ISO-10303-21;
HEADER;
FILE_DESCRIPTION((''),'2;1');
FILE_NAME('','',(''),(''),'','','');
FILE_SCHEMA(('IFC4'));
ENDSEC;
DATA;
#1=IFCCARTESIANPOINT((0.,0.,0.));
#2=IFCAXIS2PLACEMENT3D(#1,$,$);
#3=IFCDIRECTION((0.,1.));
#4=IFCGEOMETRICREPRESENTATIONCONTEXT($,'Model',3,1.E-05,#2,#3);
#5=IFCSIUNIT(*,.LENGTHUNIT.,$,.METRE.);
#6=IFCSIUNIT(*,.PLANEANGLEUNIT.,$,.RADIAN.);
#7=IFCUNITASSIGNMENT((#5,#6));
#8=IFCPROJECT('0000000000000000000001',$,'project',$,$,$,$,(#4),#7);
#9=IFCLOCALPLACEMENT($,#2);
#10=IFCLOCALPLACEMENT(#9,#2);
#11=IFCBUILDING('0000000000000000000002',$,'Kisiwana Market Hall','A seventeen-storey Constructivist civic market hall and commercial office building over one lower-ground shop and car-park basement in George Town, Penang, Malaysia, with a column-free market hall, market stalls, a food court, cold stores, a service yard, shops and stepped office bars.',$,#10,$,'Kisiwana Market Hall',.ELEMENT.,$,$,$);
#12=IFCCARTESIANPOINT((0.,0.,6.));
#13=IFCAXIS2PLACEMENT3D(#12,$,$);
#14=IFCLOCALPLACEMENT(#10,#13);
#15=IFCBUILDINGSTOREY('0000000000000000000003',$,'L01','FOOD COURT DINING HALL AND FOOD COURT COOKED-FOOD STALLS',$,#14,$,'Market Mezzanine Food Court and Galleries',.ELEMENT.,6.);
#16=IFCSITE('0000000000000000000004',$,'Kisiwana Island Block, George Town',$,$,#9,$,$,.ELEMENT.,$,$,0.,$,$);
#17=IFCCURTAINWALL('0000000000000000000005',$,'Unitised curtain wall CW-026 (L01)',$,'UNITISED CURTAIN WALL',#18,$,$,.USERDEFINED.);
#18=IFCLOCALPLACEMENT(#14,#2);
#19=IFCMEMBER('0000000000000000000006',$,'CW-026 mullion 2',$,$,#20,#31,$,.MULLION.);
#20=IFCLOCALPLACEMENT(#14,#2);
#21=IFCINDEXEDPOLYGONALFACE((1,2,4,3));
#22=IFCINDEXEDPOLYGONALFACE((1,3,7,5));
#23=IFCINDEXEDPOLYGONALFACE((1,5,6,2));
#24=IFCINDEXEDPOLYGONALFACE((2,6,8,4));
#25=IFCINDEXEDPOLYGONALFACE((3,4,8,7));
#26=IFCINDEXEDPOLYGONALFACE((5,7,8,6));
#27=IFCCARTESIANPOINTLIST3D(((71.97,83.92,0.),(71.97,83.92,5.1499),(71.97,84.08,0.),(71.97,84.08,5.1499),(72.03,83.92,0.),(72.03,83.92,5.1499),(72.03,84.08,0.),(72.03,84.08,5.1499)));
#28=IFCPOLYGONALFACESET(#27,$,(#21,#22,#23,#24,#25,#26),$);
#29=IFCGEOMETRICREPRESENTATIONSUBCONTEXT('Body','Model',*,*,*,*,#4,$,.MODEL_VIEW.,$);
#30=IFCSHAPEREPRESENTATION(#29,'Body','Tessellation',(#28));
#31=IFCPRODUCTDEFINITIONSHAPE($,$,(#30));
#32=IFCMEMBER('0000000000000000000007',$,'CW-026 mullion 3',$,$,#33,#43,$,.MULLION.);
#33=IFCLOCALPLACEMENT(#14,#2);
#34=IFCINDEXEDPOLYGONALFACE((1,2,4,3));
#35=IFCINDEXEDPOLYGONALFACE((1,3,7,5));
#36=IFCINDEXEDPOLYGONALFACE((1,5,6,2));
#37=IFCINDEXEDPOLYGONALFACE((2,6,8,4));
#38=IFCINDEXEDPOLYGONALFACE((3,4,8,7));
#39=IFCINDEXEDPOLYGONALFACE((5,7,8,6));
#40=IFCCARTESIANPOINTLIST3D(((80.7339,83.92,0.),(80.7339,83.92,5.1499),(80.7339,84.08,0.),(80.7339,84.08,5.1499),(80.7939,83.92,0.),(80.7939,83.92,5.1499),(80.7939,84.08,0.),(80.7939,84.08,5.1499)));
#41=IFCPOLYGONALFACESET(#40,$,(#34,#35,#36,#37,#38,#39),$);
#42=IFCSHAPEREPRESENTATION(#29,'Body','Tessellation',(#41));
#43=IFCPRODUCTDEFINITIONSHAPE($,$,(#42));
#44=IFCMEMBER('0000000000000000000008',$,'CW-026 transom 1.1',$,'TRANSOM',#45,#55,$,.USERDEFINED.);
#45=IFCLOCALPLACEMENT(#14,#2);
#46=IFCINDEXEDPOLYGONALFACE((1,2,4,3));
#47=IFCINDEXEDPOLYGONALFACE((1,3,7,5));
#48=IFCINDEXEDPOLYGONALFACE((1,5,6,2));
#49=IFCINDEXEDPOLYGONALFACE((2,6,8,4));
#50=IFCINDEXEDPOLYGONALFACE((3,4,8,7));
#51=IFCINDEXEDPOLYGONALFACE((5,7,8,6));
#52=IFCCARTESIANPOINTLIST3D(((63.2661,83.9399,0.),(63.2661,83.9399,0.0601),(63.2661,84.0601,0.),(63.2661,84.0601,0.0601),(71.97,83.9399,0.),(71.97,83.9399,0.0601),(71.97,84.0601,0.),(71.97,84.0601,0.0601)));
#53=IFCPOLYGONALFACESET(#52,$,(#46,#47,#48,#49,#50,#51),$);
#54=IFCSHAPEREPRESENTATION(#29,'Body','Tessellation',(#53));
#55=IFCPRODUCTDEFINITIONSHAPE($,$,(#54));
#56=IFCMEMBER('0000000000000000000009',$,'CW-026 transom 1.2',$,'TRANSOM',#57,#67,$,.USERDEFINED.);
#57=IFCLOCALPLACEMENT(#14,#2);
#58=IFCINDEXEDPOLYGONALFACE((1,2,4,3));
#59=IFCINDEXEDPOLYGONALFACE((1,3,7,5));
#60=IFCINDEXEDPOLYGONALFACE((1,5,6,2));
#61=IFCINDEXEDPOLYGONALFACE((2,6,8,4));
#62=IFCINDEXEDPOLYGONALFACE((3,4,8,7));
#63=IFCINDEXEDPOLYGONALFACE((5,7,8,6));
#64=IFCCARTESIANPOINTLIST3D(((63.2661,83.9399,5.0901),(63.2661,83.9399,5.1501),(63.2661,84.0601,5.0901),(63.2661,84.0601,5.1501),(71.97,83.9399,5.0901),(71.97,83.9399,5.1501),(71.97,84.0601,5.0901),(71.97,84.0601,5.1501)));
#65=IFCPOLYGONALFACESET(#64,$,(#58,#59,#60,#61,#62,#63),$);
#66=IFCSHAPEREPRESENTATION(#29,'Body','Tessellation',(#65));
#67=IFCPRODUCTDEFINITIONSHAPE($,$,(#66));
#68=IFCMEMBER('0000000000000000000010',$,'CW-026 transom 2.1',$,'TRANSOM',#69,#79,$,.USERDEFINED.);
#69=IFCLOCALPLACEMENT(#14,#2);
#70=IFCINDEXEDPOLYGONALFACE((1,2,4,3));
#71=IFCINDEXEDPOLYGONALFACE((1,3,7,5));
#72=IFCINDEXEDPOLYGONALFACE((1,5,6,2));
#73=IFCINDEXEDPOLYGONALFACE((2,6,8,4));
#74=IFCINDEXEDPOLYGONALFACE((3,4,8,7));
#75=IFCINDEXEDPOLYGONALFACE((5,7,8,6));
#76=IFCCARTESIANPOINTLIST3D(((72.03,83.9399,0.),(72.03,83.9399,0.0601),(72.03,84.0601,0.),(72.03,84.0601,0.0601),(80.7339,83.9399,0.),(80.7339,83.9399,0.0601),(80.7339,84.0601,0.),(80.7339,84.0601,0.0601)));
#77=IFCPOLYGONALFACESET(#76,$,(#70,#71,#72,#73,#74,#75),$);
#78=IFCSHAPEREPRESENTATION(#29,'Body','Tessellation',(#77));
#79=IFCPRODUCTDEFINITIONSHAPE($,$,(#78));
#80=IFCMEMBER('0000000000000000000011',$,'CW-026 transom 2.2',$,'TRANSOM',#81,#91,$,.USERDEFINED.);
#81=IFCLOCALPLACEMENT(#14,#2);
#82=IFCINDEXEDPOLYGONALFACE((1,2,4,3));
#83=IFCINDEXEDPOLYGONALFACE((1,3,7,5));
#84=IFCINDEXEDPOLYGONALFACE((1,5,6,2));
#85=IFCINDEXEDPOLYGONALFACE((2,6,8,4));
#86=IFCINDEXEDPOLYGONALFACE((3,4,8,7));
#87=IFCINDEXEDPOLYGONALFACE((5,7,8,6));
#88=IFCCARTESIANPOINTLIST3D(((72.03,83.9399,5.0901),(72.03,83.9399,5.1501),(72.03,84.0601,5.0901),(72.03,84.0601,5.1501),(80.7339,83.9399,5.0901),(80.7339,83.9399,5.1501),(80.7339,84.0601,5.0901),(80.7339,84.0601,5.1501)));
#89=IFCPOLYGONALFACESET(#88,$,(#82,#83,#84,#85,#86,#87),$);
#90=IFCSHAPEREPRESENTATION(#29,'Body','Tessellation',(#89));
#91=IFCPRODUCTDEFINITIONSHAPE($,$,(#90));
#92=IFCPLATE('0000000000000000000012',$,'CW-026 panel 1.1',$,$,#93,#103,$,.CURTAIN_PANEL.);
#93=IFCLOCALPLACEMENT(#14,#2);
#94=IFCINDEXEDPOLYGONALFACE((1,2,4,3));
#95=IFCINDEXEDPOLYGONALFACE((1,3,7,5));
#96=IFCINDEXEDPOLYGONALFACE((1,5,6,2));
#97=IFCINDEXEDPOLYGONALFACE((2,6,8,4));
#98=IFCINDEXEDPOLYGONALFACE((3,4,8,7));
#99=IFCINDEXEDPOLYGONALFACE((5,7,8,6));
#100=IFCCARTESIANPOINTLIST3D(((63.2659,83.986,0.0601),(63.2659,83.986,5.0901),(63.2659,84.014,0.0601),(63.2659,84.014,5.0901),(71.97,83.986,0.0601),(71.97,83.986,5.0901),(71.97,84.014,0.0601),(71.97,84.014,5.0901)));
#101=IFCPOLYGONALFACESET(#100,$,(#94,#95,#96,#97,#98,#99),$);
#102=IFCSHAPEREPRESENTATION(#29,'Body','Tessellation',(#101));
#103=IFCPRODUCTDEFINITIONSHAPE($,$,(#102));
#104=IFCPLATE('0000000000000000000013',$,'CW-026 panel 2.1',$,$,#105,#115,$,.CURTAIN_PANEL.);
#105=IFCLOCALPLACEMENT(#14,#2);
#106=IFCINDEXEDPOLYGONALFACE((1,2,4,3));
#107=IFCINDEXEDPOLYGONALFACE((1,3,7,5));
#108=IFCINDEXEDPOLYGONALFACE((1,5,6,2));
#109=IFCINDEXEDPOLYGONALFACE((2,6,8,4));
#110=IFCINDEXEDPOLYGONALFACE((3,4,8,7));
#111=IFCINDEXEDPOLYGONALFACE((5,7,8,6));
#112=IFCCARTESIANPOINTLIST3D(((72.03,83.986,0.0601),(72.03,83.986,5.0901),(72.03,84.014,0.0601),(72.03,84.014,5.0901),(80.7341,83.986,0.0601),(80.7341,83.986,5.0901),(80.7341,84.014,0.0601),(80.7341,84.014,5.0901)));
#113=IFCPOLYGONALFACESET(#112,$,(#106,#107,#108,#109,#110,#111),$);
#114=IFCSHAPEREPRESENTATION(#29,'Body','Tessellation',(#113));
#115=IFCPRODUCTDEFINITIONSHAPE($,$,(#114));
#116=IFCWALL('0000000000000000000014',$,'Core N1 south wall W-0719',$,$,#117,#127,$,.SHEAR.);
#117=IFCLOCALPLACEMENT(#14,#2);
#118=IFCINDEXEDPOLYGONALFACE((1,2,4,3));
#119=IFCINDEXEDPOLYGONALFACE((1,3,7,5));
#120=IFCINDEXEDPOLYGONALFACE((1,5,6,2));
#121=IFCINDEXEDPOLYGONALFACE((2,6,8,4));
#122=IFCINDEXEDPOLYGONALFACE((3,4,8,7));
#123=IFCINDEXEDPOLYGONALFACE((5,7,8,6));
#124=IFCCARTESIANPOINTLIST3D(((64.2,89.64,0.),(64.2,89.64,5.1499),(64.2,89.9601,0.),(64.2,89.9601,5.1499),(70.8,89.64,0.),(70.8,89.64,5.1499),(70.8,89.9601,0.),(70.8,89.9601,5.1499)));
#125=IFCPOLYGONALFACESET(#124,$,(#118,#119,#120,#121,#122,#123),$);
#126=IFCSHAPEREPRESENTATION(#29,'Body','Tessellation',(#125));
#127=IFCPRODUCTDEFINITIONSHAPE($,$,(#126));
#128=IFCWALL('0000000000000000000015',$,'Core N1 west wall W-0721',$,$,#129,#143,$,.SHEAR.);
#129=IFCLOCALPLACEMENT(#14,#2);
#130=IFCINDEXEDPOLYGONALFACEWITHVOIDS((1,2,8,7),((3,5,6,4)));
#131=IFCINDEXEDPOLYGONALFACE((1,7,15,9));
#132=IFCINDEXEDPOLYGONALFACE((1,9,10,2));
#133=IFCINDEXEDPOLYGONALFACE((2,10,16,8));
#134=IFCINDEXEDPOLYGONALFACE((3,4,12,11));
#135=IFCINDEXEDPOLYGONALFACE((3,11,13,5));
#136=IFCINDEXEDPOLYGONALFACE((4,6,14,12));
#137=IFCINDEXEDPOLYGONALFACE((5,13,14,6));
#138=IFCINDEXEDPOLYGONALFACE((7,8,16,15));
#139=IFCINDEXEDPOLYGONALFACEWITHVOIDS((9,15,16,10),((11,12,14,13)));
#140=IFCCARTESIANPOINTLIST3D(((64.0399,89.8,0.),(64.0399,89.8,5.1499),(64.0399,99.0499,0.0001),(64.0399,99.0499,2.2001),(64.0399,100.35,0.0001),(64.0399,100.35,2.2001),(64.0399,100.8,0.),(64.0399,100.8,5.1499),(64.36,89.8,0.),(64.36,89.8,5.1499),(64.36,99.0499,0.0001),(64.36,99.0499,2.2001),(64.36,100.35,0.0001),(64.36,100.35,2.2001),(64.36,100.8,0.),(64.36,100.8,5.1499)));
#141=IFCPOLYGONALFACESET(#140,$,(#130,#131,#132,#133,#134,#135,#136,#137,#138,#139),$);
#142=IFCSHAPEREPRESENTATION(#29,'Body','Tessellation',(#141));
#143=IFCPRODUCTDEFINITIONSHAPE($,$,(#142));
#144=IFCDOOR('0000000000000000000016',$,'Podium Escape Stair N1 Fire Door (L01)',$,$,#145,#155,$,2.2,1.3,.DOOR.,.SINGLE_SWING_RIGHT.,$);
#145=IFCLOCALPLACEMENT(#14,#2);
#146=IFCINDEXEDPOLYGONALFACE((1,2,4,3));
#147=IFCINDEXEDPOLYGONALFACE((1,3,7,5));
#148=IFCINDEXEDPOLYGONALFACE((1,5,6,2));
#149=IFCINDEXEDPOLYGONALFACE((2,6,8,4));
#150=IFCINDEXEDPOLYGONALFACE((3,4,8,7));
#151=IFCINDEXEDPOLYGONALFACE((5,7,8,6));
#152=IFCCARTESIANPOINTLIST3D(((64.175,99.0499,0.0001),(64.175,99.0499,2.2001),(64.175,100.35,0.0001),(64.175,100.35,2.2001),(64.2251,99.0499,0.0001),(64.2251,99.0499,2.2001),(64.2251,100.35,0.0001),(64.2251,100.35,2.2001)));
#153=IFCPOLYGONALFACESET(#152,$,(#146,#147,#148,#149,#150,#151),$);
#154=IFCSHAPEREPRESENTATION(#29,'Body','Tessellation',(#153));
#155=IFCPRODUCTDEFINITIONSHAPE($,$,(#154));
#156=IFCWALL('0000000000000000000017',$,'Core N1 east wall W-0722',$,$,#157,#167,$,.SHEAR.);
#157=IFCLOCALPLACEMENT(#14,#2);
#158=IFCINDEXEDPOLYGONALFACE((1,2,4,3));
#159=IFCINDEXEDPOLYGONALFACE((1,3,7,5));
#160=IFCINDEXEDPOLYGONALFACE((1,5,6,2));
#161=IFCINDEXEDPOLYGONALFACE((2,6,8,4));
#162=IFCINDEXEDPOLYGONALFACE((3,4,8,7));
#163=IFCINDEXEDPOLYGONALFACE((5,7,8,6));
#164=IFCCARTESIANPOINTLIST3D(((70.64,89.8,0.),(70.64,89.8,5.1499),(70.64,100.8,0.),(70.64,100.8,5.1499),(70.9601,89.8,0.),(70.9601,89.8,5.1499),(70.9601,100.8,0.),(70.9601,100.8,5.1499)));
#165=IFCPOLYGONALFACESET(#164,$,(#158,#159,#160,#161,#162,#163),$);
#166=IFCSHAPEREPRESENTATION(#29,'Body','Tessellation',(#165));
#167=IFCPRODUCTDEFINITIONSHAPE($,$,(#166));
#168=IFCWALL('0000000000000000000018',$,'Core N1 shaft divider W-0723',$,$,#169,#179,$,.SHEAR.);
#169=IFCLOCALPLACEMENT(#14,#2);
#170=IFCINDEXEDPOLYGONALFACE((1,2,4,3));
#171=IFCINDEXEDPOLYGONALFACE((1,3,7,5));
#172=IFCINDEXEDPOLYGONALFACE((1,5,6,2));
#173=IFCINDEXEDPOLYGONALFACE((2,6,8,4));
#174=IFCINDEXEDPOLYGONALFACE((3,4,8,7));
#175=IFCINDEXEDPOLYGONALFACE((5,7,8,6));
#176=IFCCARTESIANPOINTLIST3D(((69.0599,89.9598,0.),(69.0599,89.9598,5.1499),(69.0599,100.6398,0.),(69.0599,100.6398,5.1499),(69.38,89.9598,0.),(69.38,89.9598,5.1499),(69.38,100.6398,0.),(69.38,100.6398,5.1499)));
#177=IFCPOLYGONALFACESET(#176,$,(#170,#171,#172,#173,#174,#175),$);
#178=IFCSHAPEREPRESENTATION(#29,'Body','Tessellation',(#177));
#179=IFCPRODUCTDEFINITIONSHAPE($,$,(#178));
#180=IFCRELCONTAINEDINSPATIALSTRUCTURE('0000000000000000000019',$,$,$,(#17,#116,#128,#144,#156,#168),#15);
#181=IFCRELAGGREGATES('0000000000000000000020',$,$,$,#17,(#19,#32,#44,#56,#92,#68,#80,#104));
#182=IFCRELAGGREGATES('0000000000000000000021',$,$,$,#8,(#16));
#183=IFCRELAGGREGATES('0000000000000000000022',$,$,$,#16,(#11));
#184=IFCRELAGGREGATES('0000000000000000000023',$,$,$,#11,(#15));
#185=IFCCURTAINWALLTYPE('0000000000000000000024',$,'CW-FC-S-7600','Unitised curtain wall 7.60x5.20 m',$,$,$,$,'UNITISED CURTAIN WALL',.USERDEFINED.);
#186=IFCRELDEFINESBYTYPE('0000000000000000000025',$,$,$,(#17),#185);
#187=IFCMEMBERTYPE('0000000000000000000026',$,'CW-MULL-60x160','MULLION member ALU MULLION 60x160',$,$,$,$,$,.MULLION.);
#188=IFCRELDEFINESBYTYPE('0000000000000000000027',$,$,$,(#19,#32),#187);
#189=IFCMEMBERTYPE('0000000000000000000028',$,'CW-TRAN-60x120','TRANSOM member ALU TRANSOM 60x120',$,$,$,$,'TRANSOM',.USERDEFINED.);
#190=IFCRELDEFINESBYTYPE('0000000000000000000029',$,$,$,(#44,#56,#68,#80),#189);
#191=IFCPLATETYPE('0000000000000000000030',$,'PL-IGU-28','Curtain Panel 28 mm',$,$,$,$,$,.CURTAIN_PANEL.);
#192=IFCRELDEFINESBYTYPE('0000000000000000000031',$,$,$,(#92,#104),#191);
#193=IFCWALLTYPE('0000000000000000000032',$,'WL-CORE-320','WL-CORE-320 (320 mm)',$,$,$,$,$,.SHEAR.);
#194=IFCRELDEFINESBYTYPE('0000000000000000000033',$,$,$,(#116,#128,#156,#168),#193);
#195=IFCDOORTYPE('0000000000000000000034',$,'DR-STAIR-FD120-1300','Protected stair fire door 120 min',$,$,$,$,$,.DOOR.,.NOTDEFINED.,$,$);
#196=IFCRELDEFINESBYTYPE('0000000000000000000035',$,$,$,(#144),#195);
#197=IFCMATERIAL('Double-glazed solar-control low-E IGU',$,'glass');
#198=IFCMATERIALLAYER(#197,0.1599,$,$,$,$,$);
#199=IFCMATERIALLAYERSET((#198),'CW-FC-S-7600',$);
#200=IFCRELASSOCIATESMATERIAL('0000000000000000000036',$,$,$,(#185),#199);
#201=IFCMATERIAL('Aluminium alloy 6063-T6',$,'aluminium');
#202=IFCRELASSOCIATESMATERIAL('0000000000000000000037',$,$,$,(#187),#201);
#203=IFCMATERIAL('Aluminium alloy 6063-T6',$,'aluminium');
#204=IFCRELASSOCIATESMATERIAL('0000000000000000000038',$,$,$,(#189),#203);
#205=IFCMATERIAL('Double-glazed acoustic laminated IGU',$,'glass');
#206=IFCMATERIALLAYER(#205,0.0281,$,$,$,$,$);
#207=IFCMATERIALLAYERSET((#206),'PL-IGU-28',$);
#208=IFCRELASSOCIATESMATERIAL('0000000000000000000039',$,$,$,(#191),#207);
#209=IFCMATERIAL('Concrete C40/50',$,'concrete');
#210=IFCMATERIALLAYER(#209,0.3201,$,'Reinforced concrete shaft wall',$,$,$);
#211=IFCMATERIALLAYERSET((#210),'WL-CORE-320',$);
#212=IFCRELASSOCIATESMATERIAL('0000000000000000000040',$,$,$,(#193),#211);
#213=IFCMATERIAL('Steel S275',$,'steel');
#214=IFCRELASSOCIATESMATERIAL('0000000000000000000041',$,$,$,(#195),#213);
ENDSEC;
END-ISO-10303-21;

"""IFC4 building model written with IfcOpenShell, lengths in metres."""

from ifc_helpers import new_model, si_unit, direction, frame, frame_2d, origin, origin_2d, place, context, subcontext, project, spatial, rectangle, extrude, material, layer, layer_set, material_profile, profile_set, type_object, element, fill, aggregate, save


model = new_model("IFC4")

# Units and contexts
model_context = context("Model", 3, precision=1e-05, world=origin(), true_north=direction((0.0, 1.0)))
body_context = subcontext(model_context, "Body", "Model", "MODEL_VIEW")
ifc_project = project(units=[si_unit("LENGTHUNIT", "METRE"), si_unit("PLANEANGLEUNIT", "RADIAN")], contexts=[model_context])

# Site, building, storey
site_placement = place(None, origin())
site = spatial("IfcSite", under=ifc_project, at=site_placement, Name="Kisiwana Island Block, George Town", CompositionType="ELEMENT", RefElevation=0.0)
building_placement = place(site_placement, origin())
building = spatial("IfcBuilding", under=site, at=building_placement, Name="Kisiwana Market Hall", Description="A seventeen-storey Constructivist civic market hall and commercial office building over one lower-ground shop and car-park basement in George Town, Penang, Malaysia, with a column-free market hall, market stalls, a food court, cold stores, a service yard, shops and stepped office bars.", LongName="Kisiwana Market Hall", CompositionType="ELEMENT")
storey_placement = place(building_placement, frame((0.0, 0.0, 6.0)))
storey = spatial("IfcBuildingStorey", under=building, at=storey_placement, Name="L01", Description="FOOD COURT DINING HALL AND FOOD COURT COOKED-FOOD STALLS", LongName="Market Mezzanine Food Court and Galleries", CompositionType="ELEMENT", Elevation=6.0)

# Curtain wall, members, plates
ifc_material_1 = material(Name="Double-glazed solar-control low-E IGU", Category="glass")
ifc_layer_1 = layer(ifc_material_1, 0.1599)
ifc_layer_set_1 = layer_set([ifc_layer_1], Name="CW-FC-S-7600")
curtain_wall_type = type_object("IfcCurtainWallType", Name="CW-FC-S-7600", Description="Unitised curtain wall 7.60x5.20 m", ElementType="UNITISED CURTAIN WALL", PredefinedType="USERDEFINED", material=ifc_layer_set_1)
curtain_wall_placement = place(storey_placement, origin())
curtain_wall = element("IfcCurtainWall", 1, at=curtain_wall_placement, inside=storey, type_object=curtain_wall_type, Name="Unitised curtain wall CW-026 (L01)", ObjectType="UNITISED CURTAIN WALL", PredefinedType="USERDEFINED")
ifc_material_2 = material(Name="Aluminium alloy 6063-T6", Category="aluminium")
ifc_material_profile_1 = material_profile(ifc_material_2, rectangle(XDim=0.0601, YDim=0.1599, at=origin_2d()), Name="ALU MULLION 60x160")
ifc_profile_set_1 = profile_set([ifc_material_profile_1], Name="Aluminium alloy 6063-T6")
member_type_1 = type_object("IfcMemberType", Name="CW-MULL-60x160", Description="MULLION member ALU MULLION 60x160", PredefinedType="MULLION", material=ifc_profile_set_1)
member_1_placement = place(storey_placement, frame((72.0, 84.0, 0.0), z_axis=(0.0, 0.0, 1.0), x_axis=(1.0, 0.0, 0.0)))
member_1 = element("IfcMember", 2, at=member_1_placement, type_object=member_type_1, Name="CW-026 mullion 2", PredefinedType="MULLION", context=body_context, shape_type="SweptSolid", body=[
    extrude(rectangle(XDim=0.0601, YDim=0.1599, at=origin_2d()), origin(), (0.0, 0.0, 1.0), 5.1499),
])
member_2_placement = place(storey_placement, frame((80.7639, 84.0, 0.0), z_axis=(0.0, 0.0, 1.0), x_axis=(1.0, 0.0, 0.0)))
member_2 = element("IfcMember", 3, at=member_2_placement, type_object=member_type_1, Name="CW-026 mullion 3", PredefinedType="MULLION", context=body_context, shape_type="SweptSolid", body=[
    extrude(rectangle(XDim=0.0601, YDim=0.1599, at=origin_2d()), origin(), (0.0, 0.0, 1.0), 5.1499),
])
ifc_material_3 = material(Name="Aluminium alloy 6063-T6", Category="aluminium")
ifc_material_profile_2 = material_profile(ifc_material_3, rectangle(XDim=0.1201, YDim=0.0601, at=origin_2d()), Name="ALU TRANSOM 60x120")
ifc_profile_set_2 = profile_set([ifc_material_profile_2], Name="Aluminium alloy 6063-T6")
member_type_2 = type_object("IfcMemberType", Name="CW-TRAN-60x120", Description="TRANSOM member ALU TRANSOM 60x120", ElementType="TRANSOM", PredefinedType="USERDEFINED", material=ifc_profile_set_2)
member_3_placement = place(storey_placement, frame((63.2661, 84.0, 0.03), z_axis=(1.0, 0.0, 0.0), x_axis=(0.0, 1.0, 0.0)))
member_3 = element("IfcMember", 4, at=member_3_placement, type_object=member_type_2, Name="CW-026 transom 1.1", ObjectType="TRANSOM", PredefinedType="USERDEFINED", context=body_context, shape_type="SweptSolid", body=[
    extrude(rectangle(XDim=0.1201, YDim=0.0601, at=origin_2d()), origin(), (0.0, 0.0, 1.0), 8.7039),
])
member_4_placement = place(storey_placement, frame((63.2661, 84.0, 5.1201), z_axis=(1.0, 0.0, 0.0), x_axis=(0.0, 1.0, 0.0)))
member_4 = element("IfcMember", 5, at=member_4_placement, type_object=member_type_2, Name="CW-026 transom 1.2", ObjectType="TRANSOM", PredefinedType="USERDEFINED", context=body_context, shape_type="SweptSolid", body=[
    extrude(rectangle(XDim=0.1201, YDim=0.0601, at=origin_2d()), origin(), (0.0, 0.0, 1.0), 8.7039),
])
member_5_placement = place(storey_placement, frame((72.03, 84.0, 0.03), z_axis=(1.0, 0.0, 0.0), x_axis=(0.0, 1.0, 0.0)))
member_5 = element("IfcMember", 6, at=member_5_placement, type_object=member_type_2, Name="CW-026 transom 2.1", ObjectType="TRANSOM", PredefinedType="USERDEFINED", context=body_context, shape_type="SweptSolid", body=[
    extrude(rectangle(XDim=0.1201, YDim=0.0601, at=origin_2d()), origin(), (0.0, 0.0, 1.0), 8.7039),
])
member_6_placement = place(storey_placement, frame((72.03, 84.0, 5.1201), z_axis=(1.0, 0.0, 0.0), x_axis=(0.0, 1.0, 0.0)))
member_6 = element("IfcMember", 7, at=member_6_placement, type_object=member_type_2, Name="CW-026 transom 2.2", ObjectType="TRANSOM", PredefinedType="USERDEFINED", context=body_context, shape_type="SweptSolid", body=[
    extrude(rectangle(XDim=0.1201, YDim=0.0601, at=origin_2d()), origin(), (0.0, 0.0, 1.0), 8.7039),
])
ifc_material_4 = material(Name="Double-glazed acoustic laminated IGU", Category="glass")
ifc_layer_2 = layer(ifc_material_4, 0.0281)
ifc_layer_set_2 = layer_set([ifc_layer_2], Name="PL-IGU-28")
plate_type = type_object("IfcPlateType", Name="PL-IGU-28", Description="Curtain Panel 28 mm", PredefinedType="CURTAIN_PANEL", material=ifc_layer_set_2)
plate_1_placement = place(storey_placement, frame((67.6179, 84.0, 0.0601), z_axis=(0.0, 0.0, 1.0), x_axis=(1.0, 0.0, 0.0)))
plate_1 = element("IfcPlate", 8, at=plate_1_placement, type_object=plate_type, Name="CW-026 panel 1.1", PredefinedType="CURTAIN_PANEL", context=body_context, shape_type="SweptSolid", body=[
    extrude(rectangle(XDim=8.7041, YDim=0.0281, at=origin_2d()), origin(), (0.0, 0.0, 1.0), 5.03),
])
plate_2_placement = place(storey_placement, frame((76.3821, 84.0, 0.0601), z_axis=(0.0, 0.0, 1.0), x_axis=(1.0, 0.0, 0.0)))
plate_2 = element("IfcPlate", 9, at=plate_2_placement, type_object=plate_type, Name="CW-026 panel 2.1", PredefinedType="CURTAIN_PANEL", context=body_context, shape_type="SweptSolid", body=[
    extrude(rectangle(XDim=8.7041, YDim=0.0281, at=origin_2d()), origin(), (0.0, 0.0, 1.0), 5.03),
])
aggregate(curtain_wall, [member_1, member_2, member_3, member_4, plate_1, member_5, member_6, plate_2])

# Wall
ifc_material_5 = material(Name="Concrete C40/50", Category="concrete")
ifc_layer_3 = layer(ifc_material_5, 0.3201, Name="Reinforced concrete shaft wall")
ifc_layer_set_3 = layer_set([ifc_layer_3], Name="WL-CORE-320")
wall_type = type_object("IfcWallType", Name="WL-CORE-320", Description="WL-CORE-320 (320 mm)", PredefinedType="SHEAR", material=ifc_layer_set_3)
wall_1_placement = place(storey_placement, frame((64.2, 89.8, 0.0), z_axis=(0.0, 0.0, 1.0), x_axis=(1.0, 0.0, 0.0)))
element("IfcWall", 10, at=wall_1_placement, inside=storey, type_object=wall_type, Name="Core N1 south wall W-0719", PredefinedType="SHEAR", context=body_context, shape_type="SweptSolid", body=[
    extrude(rectangle(XDim=6.6001, YDim=0.3201, at=frame_2d((3.3, 0.0))), origin(), (0.0, 0.0, 1.0), 5.1499),
])

# Wall, opening, door
wall_2_placement = place(storey_placement, frame((64.2, 89.8, 0.0), z_axis=(0.0, 0.0, 1.0), x_axis=(0.0, 1.0, 0.0)))
wall_2 = element("IfcWall", 11, at=wall_2_placement, inside=storey, type_object=wall_type, Name="Core N1 west wall W-0721", PredefinedType="SHEAR", context=body_context, shape_type="SweptSolid", body=[
    extrude(rectangle(XDim=11.0, YDim=0.3201, at=frame_2d((5.5, 0.0))), origin(), (0.0, 0.0, 1.0), 5.1499),
])
opening_placement = place(wall_2_placement, frame((9.25, 0.0, 0.0)))
opening = element("IfcOpeningElement", 12, at=opening_placement, cuts=wall_2, PredefinedType="OPENING", context=body_context, shape_type="SweptSolid", body=[
    extrude(rectangle(XDim=1.3, YDim=2.2, at=frame_2d((0.6499, 1.1001))), frame((0.0, 0.1719, 0.0), z_axis=(0.0, -1.0, 0.0), x_axis=(1.0, 0.0, 0.0)), (0.0, 0.0, 1.0), 0.344),
])
ifc_material_6 = material(Name="Steel S275", Category="steel")
door_type = type_object("IfcDoorType", Name="DR-STAIR-FD120-1300", Description="Protected stair fire door 120 min", OperationType="NOTDEFINED", PredefinedType="DOOR", material=ifc_material_6)
door_placement = place(opening_placement, origin())
door = element("IfcDoor", 13, at=door_placement, inside=storey, type_object=door_type, Name="Podium Escape Stair N1 Fire Door (L01)", OperationType="SINGLE_SWING_RIGHT", OverallHeight=2.2, OverallWidth=1.3, PredefinedType="DOOR", context=body_context, shape_type="SweptSolid", body=[
    extrude(rectangle(XDim=1.3, YDim=2.2, at=frame_2d((0.6499, 1.1001))), frame((0.0, 0.0249, 0.0), z_axis=(0.0, -1.0, 0.0), x_axis=(1.0, 0.0, 0.0)), (0.0, 0.0, 1.0), 0.05),
])
fill(opening, door)

# Walls
wall_3_placement = place(storey_placement, frame((70.8, 89.8, 0.0), z_axis=(0.0, 0.0, 1.0), x_axis=(0.0, 1.0, 0.0)))
element("IfcWall", 14, at=wall_3_placement, inside=storey, type_object=wall_type, Name="Core N1 east wall W-0722", PredefinedType="SHEAR", context=body_context, shape_type="SweptSolid", body=[
    extrude(rectangle(XDim=11.0, YDim=0.3201, at=frame_2d((5.5, 0.0))), origin(), (0.0, 0.0, 1.0), 5.1499),
])
wall_4_placement = place(storey_placement, frame((69.22, 89.96, 0.0), z_axis=(0.0, 0.0, 1.0), x_axis=(0.0, 1.0, 0.0)))
element("IfcWall", 15, at=wall_4_placement, inside=storey, type_object=wall_type, Name="Core N1 shaft divider W-0723", PredefinedType="SHEAR", context=body_context, shape_type="SweptSolid", body=[
    extrude(rectangle(XDim=10.6799, YDim=0.3201, at=frame_2d((5.3398, 0.0))), origin(), (0.0, 0.0, 1.0), 5.1499),
])

save(model, "model.ifc")
